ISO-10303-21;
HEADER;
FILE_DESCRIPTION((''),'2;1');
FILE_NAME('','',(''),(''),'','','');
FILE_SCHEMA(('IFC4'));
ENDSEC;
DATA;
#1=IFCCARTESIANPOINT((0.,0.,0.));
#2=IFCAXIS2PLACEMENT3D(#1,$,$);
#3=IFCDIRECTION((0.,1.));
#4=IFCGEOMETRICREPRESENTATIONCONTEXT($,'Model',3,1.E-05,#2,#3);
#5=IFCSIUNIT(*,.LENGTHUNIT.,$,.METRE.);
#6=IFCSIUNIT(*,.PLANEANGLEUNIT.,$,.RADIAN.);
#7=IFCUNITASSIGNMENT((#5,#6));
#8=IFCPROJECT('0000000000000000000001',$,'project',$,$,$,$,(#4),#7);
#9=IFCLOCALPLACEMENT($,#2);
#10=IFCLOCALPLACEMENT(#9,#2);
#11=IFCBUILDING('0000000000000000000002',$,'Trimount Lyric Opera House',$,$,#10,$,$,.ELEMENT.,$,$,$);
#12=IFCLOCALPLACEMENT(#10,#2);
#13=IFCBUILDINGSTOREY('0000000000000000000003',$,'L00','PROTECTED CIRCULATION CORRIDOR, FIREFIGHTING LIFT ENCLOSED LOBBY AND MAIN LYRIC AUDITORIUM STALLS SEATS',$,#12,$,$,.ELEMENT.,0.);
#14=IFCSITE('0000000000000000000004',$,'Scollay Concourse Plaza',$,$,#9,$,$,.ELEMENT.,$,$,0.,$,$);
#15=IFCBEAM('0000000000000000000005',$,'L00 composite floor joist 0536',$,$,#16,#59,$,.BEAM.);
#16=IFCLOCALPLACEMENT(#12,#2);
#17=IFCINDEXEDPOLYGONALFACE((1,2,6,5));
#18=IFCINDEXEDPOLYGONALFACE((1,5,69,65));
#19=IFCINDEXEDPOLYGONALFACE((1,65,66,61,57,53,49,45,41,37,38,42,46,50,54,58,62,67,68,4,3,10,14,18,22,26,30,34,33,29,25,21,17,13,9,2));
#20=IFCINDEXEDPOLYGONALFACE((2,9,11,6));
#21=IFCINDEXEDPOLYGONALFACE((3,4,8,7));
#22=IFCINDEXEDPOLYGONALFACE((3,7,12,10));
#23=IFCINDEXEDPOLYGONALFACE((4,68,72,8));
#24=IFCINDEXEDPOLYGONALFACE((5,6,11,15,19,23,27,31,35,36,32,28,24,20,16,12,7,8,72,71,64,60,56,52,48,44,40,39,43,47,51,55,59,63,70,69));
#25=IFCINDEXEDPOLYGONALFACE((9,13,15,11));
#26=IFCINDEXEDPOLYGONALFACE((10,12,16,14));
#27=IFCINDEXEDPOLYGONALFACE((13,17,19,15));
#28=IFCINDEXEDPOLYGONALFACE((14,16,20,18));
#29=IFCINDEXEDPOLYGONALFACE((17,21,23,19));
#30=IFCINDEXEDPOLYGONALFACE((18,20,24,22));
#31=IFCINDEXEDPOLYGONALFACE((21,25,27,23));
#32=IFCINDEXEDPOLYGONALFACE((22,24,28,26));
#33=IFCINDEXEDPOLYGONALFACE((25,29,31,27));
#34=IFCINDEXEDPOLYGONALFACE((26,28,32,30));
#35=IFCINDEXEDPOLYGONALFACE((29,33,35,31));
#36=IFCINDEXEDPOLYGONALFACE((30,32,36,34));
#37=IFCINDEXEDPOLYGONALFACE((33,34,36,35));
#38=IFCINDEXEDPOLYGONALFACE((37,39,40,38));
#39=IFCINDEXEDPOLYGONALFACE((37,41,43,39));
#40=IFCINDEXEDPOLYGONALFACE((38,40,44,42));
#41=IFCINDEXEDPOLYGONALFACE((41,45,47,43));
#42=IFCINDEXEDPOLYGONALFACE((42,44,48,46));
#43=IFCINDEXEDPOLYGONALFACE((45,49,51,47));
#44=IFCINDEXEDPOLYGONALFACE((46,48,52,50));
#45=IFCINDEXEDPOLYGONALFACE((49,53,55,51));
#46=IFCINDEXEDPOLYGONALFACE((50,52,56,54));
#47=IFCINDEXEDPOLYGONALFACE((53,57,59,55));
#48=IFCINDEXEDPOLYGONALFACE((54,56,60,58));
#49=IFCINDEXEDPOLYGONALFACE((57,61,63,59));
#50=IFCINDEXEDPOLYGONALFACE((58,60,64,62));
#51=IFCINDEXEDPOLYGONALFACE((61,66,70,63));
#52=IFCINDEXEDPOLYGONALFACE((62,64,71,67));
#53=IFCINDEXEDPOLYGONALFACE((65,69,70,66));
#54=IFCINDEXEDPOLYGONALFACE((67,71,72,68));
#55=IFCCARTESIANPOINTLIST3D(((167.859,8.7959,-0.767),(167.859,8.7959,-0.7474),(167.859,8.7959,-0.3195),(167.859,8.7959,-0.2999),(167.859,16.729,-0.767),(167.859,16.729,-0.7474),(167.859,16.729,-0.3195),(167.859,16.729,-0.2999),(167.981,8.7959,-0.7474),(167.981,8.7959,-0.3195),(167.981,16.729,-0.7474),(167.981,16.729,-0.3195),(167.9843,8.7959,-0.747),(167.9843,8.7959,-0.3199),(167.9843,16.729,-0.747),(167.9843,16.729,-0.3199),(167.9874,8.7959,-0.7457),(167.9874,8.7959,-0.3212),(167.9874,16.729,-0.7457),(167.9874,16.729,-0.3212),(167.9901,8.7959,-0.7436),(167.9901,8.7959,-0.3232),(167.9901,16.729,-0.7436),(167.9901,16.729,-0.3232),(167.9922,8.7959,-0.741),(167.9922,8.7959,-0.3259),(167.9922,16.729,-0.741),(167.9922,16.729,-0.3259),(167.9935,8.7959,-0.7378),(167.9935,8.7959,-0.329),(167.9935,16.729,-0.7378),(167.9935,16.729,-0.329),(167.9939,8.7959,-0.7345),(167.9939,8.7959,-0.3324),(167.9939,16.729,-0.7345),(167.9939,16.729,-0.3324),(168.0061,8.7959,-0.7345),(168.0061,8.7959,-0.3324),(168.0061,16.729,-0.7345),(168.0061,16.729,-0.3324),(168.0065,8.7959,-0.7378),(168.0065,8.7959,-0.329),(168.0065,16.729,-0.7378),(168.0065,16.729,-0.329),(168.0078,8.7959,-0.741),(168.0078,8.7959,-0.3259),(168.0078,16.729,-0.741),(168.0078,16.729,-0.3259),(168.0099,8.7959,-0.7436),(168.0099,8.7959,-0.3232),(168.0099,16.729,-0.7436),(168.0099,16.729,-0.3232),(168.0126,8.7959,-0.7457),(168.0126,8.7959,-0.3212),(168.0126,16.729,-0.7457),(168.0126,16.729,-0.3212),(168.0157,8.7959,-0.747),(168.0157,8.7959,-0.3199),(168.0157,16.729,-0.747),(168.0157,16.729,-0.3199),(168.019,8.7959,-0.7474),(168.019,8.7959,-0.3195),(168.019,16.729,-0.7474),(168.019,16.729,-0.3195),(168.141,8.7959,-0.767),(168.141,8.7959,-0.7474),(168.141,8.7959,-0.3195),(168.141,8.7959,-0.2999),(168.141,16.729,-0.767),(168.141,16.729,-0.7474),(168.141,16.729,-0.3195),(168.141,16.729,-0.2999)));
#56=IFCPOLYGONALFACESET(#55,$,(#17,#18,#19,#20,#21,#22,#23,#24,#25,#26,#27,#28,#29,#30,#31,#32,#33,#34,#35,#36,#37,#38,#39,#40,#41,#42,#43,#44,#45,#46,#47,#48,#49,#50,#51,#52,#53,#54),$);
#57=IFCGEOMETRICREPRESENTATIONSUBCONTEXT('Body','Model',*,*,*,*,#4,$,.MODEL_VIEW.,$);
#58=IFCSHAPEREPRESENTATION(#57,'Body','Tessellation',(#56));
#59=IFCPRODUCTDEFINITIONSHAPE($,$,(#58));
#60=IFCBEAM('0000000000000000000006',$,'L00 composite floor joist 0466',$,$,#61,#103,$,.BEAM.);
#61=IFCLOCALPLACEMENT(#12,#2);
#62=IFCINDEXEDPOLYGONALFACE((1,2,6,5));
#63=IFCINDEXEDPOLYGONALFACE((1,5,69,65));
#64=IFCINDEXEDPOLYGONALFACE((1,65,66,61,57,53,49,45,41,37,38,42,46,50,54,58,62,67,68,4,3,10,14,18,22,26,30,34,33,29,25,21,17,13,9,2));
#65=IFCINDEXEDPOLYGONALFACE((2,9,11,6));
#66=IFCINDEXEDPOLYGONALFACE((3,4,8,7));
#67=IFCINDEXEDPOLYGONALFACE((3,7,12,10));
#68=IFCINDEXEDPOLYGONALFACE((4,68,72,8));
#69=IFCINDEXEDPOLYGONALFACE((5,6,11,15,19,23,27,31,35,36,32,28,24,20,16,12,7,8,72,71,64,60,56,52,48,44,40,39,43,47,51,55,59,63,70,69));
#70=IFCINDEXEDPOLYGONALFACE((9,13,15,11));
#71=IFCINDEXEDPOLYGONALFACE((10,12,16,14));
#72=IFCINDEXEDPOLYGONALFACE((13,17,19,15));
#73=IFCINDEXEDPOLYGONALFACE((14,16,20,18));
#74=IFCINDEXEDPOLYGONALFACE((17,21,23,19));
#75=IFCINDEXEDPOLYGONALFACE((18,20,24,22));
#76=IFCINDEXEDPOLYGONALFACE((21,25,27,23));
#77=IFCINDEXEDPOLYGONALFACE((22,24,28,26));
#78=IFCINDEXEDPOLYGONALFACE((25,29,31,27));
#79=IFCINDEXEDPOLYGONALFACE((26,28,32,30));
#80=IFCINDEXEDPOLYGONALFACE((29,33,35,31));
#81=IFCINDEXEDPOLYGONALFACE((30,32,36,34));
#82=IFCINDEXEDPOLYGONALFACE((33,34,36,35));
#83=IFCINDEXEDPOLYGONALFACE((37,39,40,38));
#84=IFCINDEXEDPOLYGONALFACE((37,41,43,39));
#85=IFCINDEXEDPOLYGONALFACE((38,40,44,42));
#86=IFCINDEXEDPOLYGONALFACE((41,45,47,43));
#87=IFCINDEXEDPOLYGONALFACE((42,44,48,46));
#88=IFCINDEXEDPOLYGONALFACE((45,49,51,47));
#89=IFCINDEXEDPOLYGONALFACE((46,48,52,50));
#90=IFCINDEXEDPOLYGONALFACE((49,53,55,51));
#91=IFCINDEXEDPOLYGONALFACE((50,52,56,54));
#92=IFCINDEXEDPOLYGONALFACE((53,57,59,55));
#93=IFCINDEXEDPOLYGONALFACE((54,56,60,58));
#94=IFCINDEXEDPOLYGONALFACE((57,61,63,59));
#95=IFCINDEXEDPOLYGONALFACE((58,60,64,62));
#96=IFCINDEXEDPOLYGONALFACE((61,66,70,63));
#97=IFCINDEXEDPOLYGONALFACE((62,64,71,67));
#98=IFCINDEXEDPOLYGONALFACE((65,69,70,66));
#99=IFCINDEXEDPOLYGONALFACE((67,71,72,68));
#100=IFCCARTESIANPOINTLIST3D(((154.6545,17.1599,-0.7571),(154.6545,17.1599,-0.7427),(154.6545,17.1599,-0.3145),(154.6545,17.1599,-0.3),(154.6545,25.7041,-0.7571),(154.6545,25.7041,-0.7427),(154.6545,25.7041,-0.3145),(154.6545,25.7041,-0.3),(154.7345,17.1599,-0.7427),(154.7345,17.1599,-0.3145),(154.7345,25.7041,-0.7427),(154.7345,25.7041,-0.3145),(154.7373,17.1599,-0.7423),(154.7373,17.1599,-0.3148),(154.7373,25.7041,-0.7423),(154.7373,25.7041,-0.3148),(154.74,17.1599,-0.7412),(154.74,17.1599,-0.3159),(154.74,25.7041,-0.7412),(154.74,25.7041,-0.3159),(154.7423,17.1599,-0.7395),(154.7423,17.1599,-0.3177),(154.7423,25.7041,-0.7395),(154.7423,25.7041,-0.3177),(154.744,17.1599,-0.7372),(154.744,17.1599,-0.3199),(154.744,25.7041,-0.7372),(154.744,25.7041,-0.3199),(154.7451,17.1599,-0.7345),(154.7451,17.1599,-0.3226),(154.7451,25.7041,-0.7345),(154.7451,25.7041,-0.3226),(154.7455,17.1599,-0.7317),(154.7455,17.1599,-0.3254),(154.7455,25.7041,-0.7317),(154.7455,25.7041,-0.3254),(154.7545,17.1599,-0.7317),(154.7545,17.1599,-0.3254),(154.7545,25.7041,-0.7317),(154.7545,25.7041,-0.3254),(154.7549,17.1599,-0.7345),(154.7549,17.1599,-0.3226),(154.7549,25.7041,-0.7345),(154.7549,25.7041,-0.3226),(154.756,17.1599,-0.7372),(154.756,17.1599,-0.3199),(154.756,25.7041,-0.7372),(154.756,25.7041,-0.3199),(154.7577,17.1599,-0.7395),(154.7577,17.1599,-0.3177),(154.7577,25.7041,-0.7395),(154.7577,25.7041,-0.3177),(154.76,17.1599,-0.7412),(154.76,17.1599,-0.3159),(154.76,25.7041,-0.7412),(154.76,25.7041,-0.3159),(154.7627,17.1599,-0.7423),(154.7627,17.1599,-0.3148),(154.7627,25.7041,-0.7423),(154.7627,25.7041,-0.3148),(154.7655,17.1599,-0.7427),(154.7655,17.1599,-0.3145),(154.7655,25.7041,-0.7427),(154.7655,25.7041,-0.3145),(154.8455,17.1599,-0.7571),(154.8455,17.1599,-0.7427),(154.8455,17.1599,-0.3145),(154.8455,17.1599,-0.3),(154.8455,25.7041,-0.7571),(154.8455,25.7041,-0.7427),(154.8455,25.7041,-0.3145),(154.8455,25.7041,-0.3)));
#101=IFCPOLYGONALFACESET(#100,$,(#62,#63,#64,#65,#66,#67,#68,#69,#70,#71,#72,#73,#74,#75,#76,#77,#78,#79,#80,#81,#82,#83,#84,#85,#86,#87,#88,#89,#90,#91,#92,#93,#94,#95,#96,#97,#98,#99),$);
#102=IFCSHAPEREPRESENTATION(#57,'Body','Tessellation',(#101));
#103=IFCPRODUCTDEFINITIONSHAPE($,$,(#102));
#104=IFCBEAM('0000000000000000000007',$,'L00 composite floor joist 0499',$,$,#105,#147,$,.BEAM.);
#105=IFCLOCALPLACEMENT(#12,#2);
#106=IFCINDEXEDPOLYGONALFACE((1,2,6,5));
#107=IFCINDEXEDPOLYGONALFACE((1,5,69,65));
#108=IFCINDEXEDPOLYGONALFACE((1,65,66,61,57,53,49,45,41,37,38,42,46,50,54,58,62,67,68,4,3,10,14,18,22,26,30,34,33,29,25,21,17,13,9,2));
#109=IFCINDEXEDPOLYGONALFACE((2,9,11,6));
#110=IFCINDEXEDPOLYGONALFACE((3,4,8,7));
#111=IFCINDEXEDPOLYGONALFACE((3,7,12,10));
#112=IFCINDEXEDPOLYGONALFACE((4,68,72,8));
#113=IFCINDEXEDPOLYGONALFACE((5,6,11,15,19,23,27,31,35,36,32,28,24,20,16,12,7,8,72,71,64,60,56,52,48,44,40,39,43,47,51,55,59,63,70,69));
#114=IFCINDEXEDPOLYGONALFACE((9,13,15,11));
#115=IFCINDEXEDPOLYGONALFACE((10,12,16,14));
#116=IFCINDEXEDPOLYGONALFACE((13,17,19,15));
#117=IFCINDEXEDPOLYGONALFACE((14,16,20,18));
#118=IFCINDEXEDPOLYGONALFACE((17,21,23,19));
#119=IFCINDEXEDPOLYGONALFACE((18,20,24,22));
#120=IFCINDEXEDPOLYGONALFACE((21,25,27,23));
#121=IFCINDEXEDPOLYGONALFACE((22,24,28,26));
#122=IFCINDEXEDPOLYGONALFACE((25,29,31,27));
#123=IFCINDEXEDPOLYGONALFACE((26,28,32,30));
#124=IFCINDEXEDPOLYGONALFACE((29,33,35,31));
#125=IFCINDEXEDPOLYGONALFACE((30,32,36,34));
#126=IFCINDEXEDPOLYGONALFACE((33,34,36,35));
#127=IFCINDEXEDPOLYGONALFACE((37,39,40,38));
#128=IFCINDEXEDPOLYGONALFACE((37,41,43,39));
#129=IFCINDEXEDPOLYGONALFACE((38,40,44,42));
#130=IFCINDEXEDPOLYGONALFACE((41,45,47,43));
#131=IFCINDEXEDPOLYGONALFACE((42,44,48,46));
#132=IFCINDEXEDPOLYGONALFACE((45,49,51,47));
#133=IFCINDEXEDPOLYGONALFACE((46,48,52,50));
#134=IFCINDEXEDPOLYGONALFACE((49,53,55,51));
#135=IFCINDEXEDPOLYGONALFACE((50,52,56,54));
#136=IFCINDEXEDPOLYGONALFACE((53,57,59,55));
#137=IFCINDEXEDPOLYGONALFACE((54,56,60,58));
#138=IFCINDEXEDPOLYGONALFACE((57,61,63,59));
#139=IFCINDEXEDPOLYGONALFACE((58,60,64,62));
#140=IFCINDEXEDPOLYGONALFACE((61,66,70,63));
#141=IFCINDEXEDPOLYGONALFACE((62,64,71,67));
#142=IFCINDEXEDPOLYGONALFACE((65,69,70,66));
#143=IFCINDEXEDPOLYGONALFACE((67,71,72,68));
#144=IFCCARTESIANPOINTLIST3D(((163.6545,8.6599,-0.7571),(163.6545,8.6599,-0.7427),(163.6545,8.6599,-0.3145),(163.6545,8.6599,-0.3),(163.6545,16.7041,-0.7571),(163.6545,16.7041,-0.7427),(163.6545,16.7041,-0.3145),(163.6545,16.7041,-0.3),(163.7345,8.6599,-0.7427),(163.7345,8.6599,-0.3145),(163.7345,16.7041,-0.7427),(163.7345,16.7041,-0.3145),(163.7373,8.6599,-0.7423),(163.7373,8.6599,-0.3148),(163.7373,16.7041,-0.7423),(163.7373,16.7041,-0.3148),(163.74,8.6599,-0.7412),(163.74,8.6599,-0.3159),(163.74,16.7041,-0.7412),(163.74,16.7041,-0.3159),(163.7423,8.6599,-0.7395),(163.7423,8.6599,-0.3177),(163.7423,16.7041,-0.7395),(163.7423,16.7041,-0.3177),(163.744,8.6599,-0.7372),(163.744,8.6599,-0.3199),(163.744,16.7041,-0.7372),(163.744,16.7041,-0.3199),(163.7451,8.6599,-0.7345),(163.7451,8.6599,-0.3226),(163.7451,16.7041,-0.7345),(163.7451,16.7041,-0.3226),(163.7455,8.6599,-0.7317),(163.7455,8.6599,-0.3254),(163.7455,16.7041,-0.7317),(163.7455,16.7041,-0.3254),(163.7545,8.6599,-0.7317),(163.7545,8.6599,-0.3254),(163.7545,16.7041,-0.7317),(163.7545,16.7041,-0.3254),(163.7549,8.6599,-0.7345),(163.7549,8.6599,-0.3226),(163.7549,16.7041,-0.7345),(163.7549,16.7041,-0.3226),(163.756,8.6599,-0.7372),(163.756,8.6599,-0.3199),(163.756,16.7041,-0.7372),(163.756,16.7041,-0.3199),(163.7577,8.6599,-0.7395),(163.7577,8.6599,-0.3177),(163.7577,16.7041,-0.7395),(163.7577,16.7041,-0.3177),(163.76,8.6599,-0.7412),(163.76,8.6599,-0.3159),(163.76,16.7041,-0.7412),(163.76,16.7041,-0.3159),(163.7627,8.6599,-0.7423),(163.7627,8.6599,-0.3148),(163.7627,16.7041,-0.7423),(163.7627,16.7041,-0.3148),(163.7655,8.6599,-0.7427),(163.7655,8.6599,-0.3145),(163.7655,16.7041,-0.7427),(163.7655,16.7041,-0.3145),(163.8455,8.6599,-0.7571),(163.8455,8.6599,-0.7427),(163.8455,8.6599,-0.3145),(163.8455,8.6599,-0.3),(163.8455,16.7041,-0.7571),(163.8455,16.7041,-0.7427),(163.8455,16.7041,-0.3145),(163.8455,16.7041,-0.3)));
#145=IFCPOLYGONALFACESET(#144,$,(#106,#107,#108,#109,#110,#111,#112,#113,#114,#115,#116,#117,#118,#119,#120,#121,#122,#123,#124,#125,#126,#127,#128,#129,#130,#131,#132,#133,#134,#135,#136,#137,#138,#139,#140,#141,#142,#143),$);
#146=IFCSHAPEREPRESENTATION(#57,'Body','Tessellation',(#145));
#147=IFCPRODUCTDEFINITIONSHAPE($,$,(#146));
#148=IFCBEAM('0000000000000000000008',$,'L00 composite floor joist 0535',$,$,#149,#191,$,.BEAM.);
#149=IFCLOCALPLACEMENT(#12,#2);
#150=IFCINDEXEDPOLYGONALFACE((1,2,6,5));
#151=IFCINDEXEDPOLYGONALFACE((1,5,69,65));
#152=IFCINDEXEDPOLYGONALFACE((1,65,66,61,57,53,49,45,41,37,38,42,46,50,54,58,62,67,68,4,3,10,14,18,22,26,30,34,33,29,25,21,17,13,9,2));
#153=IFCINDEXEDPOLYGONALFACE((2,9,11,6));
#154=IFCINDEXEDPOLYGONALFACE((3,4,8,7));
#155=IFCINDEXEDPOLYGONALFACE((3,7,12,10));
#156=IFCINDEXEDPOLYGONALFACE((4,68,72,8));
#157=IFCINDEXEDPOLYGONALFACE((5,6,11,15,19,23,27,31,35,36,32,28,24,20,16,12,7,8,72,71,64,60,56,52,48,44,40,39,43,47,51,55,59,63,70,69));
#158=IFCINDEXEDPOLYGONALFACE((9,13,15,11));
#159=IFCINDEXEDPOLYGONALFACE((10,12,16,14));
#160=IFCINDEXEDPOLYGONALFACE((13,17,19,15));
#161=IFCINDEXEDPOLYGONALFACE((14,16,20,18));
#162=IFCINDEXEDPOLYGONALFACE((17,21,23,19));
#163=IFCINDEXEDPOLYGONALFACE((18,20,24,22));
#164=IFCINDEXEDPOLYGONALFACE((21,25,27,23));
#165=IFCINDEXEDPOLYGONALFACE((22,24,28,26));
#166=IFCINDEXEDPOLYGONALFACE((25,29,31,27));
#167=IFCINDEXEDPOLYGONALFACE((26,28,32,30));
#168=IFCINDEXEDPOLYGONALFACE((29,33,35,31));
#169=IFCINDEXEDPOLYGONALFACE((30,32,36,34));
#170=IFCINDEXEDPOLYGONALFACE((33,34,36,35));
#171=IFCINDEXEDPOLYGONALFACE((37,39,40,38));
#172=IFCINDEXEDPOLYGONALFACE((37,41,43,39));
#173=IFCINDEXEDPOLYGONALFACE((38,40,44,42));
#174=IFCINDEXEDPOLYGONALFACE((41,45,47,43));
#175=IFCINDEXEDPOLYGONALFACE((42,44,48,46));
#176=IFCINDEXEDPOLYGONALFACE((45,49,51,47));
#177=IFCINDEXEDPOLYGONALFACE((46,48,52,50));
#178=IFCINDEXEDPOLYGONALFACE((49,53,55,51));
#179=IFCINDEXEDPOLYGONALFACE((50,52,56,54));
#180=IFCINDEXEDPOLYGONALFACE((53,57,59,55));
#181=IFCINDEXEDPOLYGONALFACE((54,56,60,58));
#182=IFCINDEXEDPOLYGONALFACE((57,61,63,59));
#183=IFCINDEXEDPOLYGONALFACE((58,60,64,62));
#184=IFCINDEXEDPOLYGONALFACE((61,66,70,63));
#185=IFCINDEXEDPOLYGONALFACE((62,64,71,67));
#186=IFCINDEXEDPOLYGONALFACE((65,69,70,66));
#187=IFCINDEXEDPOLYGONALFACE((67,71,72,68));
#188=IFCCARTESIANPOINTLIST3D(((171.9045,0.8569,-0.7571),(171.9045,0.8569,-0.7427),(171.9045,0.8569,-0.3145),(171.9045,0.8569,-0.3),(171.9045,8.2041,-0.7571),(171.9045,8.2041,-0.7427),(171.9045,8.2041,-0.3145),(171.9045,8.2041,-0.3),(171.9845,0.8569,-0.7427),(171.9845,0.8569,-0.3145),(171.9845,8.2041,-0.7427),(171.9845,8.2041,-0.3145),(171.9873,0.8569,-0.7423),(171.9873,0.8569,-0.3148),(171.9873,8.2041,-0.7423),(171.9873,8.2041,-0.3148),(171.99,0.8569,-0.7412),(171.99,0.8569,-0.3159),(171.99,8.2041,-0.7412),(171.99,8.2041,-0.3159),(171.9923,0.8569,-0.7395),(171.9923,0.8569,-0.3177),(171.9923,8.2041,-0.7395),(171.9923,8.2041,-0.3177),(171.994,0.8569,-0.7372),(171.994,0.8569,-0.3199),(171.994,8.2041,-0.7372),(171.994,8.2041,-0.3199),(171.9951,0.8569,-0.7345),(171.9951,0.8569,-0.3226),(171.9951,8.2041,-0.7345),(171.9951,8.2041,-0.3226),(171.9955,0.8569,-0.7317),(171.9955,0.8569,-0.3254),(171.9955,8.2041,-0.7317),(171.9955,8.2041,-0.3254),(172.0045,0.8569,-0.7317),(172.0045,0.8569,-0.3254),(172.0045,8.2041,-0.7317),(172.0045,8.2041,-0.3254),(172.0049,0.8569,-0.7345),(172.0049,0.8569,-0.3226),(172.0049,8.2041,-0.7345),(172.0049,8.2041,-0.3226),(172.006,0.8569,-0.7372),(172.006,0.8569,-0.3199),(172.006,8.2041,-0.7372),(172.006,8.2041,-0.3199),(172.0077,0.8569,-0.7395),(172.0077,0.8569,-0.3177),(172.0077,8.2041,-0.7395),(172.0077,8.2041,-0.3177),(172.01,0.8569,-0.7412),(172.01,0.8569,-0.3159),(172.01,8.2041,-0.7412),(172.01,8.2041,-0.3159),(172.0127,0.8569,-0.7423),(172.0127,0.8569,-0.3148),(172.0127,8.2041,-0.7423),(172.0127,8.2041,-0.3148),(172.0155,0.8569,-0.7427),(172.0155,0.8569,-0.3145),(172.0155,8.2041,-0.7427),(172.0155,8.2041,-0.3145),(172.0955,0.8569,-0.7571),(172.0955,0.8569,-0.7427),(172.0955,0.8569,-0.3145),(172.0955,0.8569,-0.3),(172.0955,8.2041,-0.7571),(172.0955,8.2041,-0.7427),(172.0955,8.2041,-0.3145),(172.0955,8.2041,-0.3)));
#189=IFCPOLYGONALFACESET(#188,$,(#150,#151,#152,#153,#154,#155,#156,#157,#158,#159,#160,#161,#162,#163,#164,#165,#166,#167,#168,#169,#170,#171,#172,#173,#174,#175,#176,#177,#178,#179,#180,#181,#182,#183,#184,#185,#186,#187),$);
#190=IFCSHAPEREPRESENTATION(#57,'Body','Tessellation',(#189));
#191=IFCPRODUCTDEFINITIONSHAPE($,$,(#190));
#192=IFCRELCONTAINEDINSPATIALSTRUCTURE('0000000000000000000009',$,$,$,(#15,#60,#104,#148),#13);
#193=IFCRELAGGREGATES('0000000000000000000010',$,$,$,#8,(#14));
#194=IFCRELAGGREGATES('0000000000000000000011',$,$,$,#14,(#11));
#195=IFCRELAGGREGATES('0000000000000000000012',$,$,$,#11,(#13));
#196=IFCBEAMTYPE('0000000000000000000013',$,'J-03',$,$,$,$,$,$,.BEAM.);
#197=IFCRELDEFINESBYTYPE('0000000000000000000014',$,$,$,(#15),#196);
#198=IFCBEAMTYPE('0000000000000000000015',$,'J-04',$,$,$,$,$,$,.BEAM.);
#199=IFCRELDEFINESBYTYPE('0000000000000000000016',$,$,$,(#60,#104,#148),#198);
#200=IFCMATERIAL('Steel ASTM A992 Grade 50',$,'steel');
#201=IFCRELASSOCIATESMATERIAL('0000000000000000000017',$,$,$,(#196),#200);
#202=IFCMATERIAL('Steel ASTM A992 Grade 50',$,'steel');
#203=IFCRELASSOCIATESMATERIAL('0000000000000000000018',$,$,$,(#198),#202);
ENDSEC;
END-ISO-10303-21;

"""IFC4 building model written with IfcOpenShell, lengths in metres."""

from ifc_helpers import new_model, si_unit, direction, frame, origin, origin_2d, place, context, subcontext, project, spatial, i_section, extrude, material, material_profile, profile_set, type_object, element, save


model = new_model("IFC4")

# Units and contexts
model_context = context("Model", 3, precision=1e-05, world=origin(), true_north=direction((0.0, 1.0)))
body_context = subcontext(model_context, "Body", "Model", "MODEL_VIEW")
ifc_project = project(units=[si_unit("LENGTHUNIT", "METRE"), si_unit("PLANEANGLEUNIT", "RADIAN")], contexts=[model_context])

# Site, building, storey
site_placement = place(None, origin())
site = spatial("IfcSite", under=ifc_project, at=site_placement, Name="Scollay Concourse Plaza", CompositionType="ELEMENT", RefElevation=0.0)
building_placement = place(site_placement, origin())
building = spatial("IfcBuilding", under=site, at=building_placement, Name="Trimount Lyric Opera House", CompositionType="ELEMENT")
storey_placement = place(building_placement, origin())
storey = spatial("IfcBuildingStorey", under=building, at=storey_placement, Name="L00", Description="PROTECTED CIRCULATION CORRIDOR, FIREFIGHTING LIFT ENCLOSED LOBBY AND MAIN LYRIC AUDITORIUM STALLS SEATS", CompositionType="ELEMENT", Elevation=0.0)

# Beams
ifc_material_1 = material(Name="Steel ASTM A992 Grade 50", Category="steel")
ifc_material_profile_1 = material_profile(ifc_material_1, i_section(OverallWidth=0.282, OverallDepth=0.467, WebThickness=0.0122, FlangeThickness=0.0195, FilletRadius=0.0129, at=origin_2d()), Name="W18X86")
ifc_profile_set_1 = profile_set([ifc_material_profile_1], Name="Steel ASTM A992 Grade 50")
beam_type_1 = type_object("IfcBeamType", Name="J-03", PredefinedType="BEAM", material=ifc_profile_set_1)
beam_1_placement = place(storey_placement, frame((168.0, 8.7959, -0.5334), z_axis=(0.0, 1.0, 0.0), x_axis=(-1.0, 0.0, 0.0)))
element("IfcBeam", 1, at=beam_1_placement, inside=storey, type_object=beam_type_1, Name="L00 composite floor joist 0536", PredefinedType="BEAM", context=body_context, shape_type="SweptSolid", body=[
    extrude(i_section(OverallWidth=0.282, OverallDepth=0.467, WebThickness=0.0122, FlangeThickness=0.0195, FilletRadius=0.0129, at=origin_2d()), origin(), (0.0, 0.0, 1.0), 7.9331),
])
ifc_material_2 = material(Name="Steel ASTM A992 Grade 50", Category="steel")
ifc_material_profile_2 = material_profile(ifc_material_2, i_section(OverallWidth=0.1909, OverallDepth=0.457, WebThickness=0.009, FlangeThickness=0.0144, FilletRadius=0.011, at=origin_2d()), Name="W18X50")
ifc_profile_set_2 = profile_set([ifc_material_profile_2], Name="Steel ASTM A992 Grade 50")
beam_type_2 = type_object("IfcBeamType", Name="J-04", PredefinedType="BEAM", material=ifc_profile_set_2)
beam_2_placement = place(storey_placement, frame((154.75, 17.1599, -0.5286), z_axis=(0.0, 1.0, 0.0), x_axis=(-1.0, 0.0, 0.0)))
element("IfcBeam", 2, at=beam_2_placement, inside=storey, type_object=beam_type_2, Name="L00 composite floor joist 0466", PredefinedType="BEAM", context=body_context, shape_type="SweptSolid", body=[
    extrude(i_section(OverallWidth=0.1909, OverallDepth=0.457, WebThickness=0.009, FlangeThickness=0.0144, FilletRadius=0.011, at=origin_2d()), origin(), (0.0, 0.0, 1.0), 8.5442),
])
beam_3_placement = place(storey_placement, frame((163.75, 8.6599, -0.5286), z_axis=(0.0, 1.0, 0.0), x_axis=(-1.0, 0.0, 0.0)))
element("IfcBeam", 3, at=beam_3_placement, inside=storey, type_object=beam_type_2, Name="L00 composite floor joist 0499", PredefinedType="BEAM", context=body_context, shape_type="SweptSolid", body=[
    extrude(i_section(OverallWidth=0.1909, OverallDepth=0.457, WebThickness=0.009, FlangeThickness=0.0144, FilletRadius=0.011, at=origin_2d()), origin(), (0.0, 0.0, 1.0), 8.0442),
])
beam_4_placement = place(storey_placement, frame((172.0, 0.8569, -0.5286), z_axis=(0.0, 1.0, 0.0), x_axis=(-1.0, 0.0, 0.0)))
element("IfcBeam", 4, at=beam_4_placement, inside=storey, type_object=beam_type_2, Name="L00 composite floor joist 0535", PredefinedType="BEAM", context=body_context, shape_type="SweptSolid", body=[
    extrude(i_section(OverallWidth=0.1909, OverallDepth=0.457, WebThickness=0.009, FlangeThickness=0.0144, FilletRadius=0.011, at=origin_2d()), origin(), (0.0, 0.0, 1.0), 7.3472),
])

save(model, "model.ifc")
